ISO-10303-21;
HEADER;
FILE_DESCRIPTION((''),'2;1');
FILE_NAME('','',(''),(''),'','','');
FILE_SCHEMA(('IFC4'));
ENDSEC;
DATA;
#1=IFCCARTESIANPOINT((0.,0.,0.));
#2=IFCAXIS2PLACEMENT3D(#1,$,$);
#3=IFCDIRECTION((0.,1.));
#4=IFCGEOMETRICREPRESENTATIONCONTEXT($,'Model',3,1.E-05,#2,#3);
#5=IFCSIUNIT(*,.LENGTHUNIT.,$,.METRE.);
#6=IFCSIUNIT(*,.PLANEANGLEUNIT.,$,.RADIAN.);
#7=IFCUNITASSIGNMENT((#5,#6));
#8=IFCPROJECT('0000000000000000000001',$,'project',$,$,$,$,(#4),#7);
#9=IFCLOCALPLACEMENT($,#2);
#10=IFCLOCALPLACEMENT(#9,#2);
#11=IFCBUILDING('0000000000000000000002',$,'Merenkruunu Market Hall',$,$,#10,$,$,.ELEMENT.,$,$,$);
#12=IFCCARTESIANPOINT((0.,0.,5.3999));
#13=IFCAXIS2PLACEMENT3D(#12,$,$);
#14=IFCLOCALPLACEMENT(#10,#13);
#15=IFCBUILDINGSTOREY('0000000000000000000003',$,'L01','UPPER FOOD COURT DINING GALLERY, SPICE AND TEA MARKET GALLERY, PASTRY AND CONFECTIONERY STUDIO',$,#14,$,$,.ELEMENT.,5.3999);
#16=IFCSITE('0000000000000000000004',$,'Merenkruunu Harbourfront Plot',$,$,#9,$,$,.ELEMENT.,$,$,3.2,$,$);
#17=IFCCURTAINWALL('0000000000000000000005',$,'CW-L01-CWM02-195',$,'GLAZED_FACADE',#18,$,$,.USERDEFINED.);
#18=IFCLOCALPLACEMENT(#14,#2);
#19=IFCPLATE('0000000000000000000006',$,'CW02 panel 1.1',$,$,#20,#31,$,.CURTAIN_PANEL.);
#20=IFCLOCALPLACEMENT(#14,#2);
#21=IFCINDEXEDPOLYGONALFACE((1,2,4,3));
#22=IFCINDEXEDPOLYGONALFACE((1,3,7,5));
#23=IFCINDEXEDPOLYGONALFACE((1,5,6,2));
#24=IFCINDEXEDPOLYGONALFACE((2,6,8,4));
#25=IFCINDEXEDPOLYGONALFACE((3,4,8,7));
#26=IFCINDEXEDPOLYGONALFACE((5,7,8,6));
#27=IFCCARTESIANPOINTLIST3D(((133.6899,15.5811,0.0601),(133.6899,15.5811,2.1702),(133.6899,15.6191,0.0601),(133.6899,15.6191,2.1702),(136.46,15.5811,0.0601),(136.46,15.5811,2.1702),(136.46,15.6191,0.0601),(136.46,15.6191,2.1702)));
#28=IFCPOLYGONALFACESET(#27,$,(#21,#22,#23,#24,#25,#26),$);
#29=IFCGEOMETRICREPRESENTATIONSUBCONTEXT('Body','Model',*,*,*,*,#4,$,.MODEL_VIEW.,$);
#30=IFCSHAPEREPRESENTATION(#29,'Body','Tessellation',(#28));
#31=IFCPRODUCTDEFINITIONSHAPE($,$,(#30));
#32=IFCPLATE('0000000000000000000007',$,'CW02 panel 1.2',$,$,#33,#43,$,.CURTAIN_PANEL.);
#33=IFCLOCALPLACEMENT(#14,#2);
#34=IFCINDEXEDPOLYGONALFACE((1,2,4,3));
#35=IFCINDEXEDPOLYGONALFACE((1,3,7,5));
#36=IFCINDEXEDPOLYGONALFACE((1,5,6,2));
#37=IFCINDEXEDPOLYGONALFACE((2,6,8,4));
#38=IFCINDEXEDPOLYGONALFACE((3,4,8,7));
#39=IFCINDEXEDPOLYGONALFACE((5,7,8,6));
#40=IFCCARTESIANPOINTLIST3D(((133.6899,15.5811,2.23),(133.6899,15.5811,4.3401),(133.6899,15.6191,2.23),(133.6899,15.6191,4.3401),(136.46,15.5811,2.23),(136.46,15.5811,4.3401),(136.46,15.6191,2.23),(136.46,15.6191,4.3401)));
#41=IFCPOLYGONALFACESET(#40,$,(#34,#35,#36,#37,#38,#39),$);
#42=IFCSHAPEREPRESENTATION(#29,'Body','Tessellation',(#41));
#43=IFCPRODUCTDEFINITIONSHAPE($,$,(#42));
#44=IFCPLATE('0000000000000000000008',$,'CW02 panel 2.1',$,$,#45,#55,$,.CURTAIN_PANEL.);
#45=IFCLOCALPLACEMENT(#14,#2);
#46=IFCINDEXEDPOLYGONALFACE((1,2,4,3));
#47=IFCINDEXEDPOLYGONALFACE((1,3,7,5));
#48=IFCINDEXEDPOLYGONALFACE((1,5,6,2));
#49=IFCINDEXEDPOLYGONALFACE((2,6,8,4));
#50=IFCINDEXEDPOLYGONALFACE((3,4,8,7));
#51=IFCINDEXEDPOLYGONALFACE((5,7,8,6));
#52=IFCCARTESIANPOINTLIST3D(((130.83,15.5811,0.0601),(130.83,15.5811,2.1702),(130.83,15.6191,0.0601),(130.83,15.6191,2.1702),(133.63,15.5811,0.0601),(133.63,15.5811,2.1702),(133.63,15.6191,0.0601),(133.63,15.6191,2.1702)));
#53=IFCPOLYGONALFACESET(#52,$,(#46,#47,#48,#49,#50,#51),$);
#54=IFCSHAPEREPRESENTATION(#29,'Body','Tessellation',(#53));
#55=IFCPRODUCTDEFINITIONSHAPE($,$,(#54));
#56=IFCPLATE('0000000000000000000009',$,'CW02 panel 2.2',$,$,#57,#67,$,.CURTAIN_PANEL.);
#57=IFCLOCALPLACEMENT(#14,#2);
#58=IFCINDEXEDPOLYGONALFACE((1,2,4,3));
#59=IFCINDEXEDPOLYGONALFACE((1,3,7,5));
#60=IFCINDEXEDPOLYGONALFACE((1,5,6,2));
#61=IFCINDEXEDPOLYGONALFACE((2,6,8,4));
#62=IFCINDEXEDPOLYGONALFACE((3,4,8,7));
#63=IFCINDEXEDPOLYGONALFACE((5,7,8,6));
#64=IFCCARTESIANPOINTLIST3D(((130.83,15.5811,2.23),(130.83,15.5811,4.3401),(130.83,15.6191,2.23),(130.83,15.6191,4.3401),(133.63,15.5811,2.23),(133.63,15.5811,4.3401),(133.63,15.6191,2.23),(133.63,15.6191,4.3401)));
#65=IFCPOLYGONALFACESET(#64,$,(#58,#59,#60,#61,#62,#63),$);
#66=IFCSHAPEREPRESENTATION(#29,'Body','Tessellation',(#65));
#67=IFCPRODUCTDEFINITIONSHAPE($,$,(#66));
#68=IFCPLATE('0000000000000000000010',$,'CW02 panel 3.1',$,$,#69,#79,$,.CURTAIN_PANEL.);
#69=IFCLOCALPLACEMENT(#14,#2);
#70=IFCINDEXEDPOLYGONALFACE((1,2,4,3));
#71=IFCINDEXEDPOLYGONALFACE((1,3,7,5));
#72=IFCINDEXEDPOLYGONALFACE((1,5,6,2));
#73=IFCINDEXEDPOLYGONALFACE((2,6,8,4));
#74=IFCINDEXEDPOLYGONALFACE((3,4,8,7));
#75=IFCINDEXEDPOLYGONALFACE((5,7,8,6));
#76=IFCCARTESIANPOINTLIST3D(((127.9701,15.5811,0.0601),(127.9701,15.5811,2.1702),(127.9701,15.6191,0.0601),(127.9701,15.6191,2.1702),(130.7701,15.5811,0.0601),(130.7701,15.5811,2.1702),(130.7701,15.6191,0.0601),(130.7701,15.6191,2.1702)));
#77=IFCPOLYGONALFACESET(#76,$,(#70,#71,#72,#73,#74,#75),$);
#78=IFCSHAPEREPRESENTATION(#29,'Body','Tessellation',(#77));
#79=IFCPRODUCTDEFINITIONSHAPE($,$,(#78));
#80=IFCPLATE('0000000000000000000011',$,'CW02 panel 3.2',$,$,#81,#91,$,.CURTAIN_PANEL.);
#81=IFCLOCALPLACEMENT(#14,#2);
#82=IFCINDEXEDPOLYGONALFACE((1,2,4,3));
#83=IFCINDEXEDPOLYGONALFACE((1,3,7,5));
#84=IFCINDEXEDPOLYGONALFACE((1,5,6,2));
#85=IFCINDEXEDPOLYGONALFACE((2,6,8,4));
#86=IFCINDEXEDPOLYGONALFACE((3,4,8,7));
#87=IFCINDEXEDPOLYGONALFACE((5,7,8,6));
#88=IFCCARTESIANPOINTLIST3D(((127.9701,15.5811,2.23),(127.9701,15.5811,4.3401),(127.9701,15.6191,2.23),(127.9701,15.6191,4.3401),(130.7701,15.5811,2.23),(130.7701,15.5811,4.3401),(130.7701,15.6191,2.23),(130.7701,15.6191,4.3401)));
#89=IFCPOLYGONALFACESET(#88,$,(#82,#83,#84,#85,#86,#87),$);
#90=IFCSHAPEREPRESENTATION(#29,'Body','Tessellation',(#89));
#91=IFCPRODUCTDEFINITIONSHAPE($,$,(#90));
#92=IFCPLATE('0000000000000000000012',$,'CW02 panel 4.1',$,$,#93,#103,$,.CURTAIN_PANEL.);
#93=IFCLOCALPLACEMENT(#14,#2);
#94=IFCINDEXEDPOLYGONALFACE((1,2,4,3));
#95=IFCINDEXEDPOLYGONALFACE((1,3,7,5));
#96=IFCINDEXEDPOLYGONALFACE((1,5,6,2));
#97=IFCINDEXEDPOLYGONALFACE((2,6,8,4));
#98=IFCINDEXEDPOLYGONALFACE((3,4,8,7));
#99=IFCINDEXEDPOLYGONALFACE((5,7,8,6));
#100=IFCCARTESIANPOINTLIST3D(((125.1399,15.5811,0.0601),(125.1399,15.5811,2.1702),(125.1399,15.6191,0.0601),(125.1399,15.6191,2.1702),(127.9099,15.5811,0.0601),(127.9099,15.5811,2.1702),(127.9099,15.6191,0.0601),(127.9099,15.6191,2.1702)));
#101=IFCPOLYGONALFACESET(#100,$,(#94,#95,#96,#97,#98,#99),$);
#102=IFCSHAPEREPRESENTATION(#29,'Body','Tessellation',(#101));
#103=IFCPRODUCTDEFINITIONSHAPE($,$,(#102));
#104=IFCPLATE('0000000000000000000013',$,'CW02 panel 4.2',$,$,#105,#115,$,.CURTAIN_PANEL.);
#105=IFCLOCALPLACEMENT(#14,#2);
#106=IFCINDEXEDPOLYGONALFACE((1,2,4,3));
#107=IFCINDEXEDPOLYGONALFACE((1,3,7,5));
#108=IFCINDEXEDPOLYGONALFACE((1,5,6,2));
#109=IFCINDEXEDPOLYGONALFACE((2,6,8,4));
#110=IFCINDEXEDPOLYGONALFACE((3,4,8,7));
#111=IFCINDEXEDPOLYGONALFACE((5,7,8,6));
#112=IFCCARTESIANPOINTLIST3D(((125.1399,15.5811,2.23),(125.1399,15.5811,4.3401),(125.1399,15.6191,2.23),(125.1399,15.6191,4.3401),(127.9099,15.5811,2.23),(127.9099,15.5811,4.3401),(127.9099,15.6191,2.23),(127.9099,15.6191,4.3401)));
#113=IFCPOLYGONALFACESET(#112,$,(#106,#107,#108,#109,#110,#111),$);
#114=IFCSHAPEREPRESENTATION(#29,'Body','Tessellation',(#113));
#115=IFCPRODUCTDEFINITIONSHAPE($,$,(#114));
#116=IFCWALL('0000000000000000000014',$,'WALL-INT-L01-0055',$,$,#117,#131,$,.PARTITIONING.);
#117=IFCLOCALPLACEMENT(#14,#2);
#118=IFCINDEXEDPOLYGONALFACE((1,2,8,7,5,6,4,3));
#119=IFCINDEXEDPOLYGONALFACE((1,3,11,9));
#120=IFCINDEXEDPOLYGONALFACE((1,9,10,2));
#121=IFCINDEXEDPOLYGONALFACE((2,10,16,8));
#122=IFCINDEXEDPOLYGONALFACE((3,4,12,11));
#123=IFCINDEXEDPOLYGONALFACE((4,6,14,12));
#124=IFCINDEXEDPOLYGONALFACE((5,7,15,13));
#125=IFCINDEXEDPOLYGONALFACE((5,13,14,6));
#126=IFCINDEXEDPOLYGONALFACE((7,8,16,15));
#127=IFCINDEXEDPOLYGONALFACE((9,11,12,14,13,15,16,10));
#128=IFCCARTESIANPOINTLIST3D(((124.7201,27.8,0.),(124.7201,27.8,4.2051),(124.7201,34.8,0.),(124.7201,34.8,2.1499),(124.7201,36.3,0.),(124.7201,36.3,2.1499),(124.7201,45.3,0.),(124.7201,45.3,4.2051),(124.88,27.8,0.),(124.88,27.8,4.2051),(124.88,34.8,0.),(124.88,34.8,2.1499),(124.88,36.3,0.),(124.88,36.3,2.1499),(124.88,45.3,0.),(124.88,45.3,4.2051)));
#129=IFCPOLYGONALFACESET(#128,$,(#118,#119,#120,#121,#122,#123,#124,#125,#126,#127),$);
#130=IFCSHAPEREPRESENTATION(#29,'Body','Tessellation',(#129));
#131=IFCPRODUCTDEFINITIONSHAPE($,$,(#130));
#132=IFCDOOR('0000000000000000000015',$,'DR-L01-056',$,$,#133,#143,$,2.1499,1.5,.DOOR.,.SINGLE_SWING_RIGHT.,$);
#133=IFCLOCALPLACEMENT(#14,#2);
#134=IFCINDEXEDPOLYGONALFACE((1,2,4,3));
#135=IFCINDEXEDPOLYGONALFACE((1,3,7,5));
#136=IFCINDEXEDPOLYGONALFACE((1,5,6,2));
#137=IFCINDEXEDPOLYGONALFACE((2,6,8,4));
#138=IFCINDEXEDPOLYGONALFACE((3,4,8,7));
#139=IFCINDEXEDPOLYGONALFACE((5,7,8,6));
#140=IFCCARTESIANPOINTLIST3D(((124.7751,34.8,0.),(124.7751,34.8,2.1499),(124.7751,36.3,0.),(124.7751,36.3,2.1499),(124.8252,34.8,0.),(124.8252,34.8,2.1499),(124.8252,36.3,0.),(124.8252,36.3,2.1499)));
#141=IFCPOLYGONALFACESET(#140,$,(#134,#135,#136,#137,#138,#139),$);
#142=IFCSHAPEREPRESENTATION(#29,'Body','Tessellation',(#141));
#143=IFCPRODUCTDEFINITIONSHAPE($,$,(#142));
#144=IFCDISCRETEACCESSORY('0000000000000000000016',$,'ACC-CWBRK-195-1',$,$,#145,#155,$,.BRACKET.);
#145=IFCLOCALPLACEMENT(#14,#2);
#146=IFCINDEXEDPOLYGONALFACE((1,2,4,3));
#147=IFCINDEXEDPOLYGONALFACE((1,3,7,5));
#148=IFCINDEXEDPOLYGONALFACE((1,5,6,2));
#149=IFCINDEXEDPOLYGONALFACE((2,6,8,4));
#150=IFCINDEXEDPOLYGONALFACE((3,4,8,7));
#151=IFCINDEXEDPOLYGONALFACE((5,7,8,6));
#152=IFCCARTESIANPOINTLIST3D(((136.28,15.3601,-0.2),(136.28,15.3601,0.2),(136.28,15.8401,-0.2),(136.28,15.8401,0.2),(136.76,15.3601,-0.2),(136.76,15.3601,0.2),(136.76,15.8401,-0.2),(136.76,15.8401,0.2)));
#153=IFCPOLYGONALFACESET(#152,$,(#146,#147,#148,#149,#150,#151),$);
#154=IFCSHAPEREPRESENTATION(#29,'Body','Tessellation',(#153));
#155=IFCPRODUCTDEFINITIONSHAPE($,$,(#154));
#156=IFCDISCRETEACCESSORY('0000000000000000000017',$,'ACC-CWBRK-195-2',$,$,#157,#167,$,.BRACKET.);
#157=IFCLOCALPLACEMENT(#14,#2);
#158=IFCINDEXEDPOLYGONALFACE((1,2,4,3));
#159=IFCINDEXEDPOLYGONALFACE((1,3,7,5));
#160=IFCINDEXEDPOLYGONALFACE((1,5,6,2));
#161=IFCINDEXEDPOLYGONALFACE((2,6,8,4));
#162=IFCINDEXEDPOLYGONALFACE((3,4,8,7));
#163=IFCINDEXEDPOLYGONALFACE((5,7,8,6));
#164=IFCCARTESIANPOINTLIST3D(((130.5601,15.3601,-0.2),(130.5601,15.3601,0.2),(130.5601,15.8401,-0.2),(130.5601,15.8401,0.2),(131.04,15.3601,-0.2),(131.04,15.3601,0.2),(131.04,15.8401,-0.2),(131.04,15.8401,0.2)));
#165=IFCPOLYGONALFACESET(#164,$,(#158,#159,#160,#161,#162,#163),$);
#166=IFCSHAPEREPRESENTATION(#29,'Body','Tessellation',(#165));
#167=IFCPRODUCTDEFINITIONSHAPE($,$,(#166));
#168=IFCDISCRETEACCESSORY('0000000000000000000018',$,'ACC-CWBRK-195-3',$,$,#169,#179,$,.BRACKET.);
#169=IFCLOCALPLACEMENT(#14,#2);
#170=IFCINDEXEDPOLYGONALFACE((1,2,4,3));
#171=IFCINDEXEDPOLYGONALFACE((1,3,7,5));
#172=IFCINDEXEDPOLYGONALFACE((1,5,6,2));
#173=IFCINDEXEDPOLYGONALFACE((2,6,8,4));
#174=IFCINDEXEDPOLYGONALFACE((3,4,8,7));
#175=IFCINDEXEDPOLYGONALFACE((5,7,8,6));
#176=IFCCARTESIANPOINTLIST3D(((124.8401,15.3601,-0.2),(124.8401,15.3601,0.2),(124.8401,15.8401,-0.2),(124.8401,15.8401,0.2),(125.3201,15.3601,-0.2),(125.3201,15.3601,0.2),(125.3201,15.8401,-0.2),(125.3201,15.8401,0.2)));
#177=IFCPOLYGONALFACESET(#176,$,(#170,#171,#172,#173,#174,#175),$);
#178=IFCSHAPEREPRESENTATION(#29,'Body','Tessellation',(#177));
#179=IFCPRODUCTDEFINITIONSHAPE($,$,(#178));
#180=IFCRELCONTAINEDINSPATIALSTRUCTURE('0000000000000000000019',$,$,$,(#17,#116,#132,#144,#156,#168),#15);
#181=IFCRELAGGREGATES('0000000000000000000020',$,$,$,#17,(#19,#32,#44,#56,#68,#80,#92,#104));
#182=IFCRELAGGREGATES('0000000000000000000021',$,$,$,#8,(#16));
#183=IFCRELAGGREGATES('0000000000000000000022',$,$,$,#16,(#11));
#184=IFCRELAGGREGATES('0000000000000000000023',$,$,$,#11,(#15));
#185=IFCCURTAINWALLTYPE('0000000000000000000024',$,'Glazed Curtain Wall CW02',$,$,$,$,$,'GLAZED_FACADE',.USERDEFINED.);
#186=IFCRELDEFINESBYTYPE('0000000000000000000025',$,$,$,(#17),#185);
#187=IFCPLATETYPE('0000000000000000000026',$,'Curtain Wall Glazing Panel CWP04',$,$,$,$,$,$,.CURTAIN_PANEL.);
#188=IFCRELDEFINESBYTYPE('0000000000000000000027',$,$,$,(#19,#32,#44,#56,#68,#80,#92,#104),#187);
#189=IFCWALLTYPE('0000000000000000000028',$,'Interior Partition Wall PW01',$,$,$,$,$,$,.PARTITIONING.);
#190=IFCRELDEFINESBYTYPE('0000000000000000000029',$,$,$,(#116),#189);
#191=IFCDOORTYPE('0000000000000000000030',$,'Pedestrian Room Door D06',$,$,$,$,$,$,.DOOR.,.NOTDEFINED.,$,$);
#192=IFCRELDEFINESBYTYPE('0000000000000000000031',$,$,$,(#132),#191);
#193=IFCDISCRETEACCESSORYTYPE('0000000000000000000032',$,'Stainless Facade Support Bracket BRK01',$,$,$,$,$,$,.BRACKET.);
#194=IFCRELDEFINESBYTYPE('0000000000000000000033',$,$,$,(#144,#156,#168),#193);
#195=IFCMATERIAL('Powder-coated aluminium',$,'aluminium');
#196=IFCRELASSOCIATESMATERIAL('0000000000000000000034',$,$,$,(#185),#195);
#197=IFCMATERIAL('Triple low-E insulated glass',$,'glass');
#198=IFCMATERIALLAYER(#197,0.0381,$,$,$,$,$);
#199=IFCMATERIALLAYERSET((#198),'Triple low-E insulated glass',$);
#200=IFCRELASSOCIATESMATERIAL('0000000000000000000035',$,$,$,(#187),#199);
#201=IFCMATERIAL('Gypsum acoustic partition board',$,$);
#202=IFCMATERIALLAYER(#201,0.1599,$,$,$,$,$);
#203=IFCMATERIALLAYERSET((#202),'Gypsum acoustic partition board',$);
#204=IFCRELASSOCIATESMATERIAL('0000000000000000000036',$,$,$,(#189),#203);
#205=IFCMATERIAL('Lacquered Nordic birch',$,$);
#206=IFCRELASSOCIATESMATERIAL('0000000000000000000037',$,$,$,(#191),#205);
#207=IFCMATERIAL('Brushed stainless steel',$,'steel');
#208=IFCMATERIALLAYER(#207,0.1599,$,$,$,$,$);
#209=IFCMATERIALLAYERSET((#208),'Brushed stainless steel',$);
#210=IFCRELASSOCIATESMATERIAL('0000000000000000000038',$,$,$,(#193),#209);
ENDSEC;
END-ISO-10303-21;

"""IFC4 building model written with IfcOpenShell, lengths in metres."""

from ifc_helpers import new_model, si_unit, direction, frame, frame_2d, origin, origin_2d, place, context, subcontext, project, spatial, rectangle, extrude, material, layer, layer_set, type_object, element, fill, aggregate, save


model = new_model("IFC4")

# Units and contexts
model_context = context("Model", 3, precision=1e-05, world=origin(), true_north=direction((0.0, 1.0)))
body_context = subcontext(model_context, "Body", "Model", "MODEL_VIEW")
ifc_project = project(units=[si_unit("LENGTHUNIT", "METRE"), si_unit("PLANEANGLEUNIT", "RADIAN")], contexts=[model_context])

# Site, building, storey
site_placement = place(None, origin())
site = spatial("IfcSite", under=ifc_project, at=site_placement, Name="Merenkruunu Harbourfront Plot", CompositionType="ELEMENT", RefElevation=3.2)
building_placement = place(site_placement, origin())
building = spatial("IfcBuilding", under=site, at=building_placement, Name="Merenkruunu Market Hall", CompositionType="ELEMENT")
storey_placement = place(building_placement, frame((0.0, 0.0, 5.3999)))
storey = spatial("IfcBuildingStorey", under=building, at=storey_placement, Name="L01", Description="UPPER FOOD COURT DINING GALLERY, SPICE AND TEA MARKET GALLERY, PASTRY AND CONFECTIONERY STUDIO", CompositionType="ELEMENT", Elevation=5.3999)

# Curtain wall
ifc_material_1 = material(Name="Powder-coated aluminium", Category="aluminium")
curtain_wall_type = type_object("IfcCurtainWallType", Name="Glazed Curtain Wall CW02", ElementType="GLAZED_FACADE", PredefinedType="USERDEFINED", material=ifc_material_1)
curtain_wall_placement = place(storey_placement, origin())
curtain_wall = element("IfcCurtainWall", 1, at=curtain_wall_placement, inside=storey, type_object=curtain_wall_type, Name="CW-L01-CWM02-195", ObjectType="GLAZED_FACADE", PredefinedType="USERDEFINED")

# Plates
ifc_material_2 = material(Name="Triple low-E insulated glass", Category="glass")
ifc_layer_1 = layer(ifc_material_2, 0.0381)
ifc_layer_set_1 = layer_set([ifc_layer_1], Name="Triple low-E insulated glass")
plate_type = type_object("IfcPlateType", Name="Curtain Wall Glazing Panel CWP04", PredefinedType="CURTAIN_PANEL", material=ifc_layer_set_1)
plate_1_placement = place(storey_placement, frame((135.075, 15.6001, 0.0601), z_axis=(0.0, 0.0, 1.0), x_axis=(-1.0, 0.0, 0.0)))
plate_1 = element("IfcPlate", 2, at=plate_1_placement, type_object=plate_type, Name="CW02 panel 1.1", PredefinedType="CURTAIN_PANEL", context=body_context, shape_type="SweptSolid", body=[
    extrude(rectangle(XDim=2.77, YDim=0.0381, at=origin_2d()), origin(), (0.0, 0.0, 1.0), 2.1101),
])
plate_2_placement = place(storey_placement, frame((135.075, 15.6001, 2.23), z_axis=(0.0, 0.0, 1.0), x_axis=(-1.0, 0.0, 0.0)))
plate_2 = element("IfcPlate", 3, at=plate_2_placement, type_object=plate_type, Name="CW02 panel 1.2", PredefinedType="CURTAIN_PANEL", context=body_context, shape_type="SweptSolid", body=[
    extrude(rectangle(XDim=2.77, YDim=0.0381, at=origin_2d()), origin(), (0.0, 0.0, 1.0), 2.1101),
])
plate_3_placement = place(storey_placement, frame((132.23, 15.6001, 0.0601), z_axis=(0.0, 0.0, 1.0), x_axis=(-1.0, 0.0, 0.0)))
plate_3 = element("IfcPlate", 4, at=plate_3_placement, type_object=plate_type, Name="CW02 panel 2.1", PredefinedType="CURTAIN_PANEL", context=body_context, shape_type="SweptSolid", body=[
    extrude(rectangle(XDim=2.8, YDim=0.0381, at=origin_2d()), origin(), (0.0, 0.0, 1.0), 2.1101),
])
plate_4_placement = place(storey_placement, frame((132.23, 15.6001, 2.23), z_axis=(0.0, 0.0, 1.0), x_axis=(-1.0, 0.0, 0.0)))
plate_4 = element("IfcPlate", 5, at=plate_4_placement, type_object=plate_type, Name="CW02 panel 2.2", PredefinedType="CURTAIN_PANEL", context=body_context, shape_type="SweptSolid", body=[
    extrude(rectangle(XDim=2.8, YDim=0.0381, at=origin_2d()), origin(), (0.0, 0.0, 1.0), 2.1101),
])
plate_5_placement = place(storey_placement, frame((129.3701, 15.6001, 0.0601), z_axis=(0.0, 0.0, 1.0), x_axis=(-1.0, 0.0, 0.0)))
plate_5 = element("IfcPlate", 6, at=plate_5_placement, type_object=plate_type, Name="CW02 panel 3.1", PredefinedType="CURTAIN_PANEL", context=body_context, shape_type="SweptSolid", body=[
    extrude(rectangle(XDim=2.8, YDim=0.0381, at=origin_2d()), origin(), (0.0, 0.0, 1.0), 2.1101),
])
plate_6_placement = place(storey_placement, frame((129.3701, 15.6001, 2.23), z_axis=(0.0, 0.0, 1.0), x_axis=(-1.0, 0.0, 0.0)))
plate_6 = element("IfcPlate", 7, at=plate_6_placement, type_object=plate_type, Name="CW02 panel 3.2", PredefinedType="CURTAIN_PANEL", context=body_context, shape_type="SweptSolid", body=[
    extrude(rectangle(XDim=2.8, YDim=0.0381, at=origin_2d()), origin(), (0.0, 0.0, 1.0), 2.1101),
])
plate_7_placement = place(storey_placement, frame((126.5249, 15.6001, 0.0601), z_axis=(0.0, 0.0, 1.0), x_axis=(-1.0, 0.0, 0.0)))
plate_7 = element("IfcPlate", 8, at=plate_7_placement, type_object=plate_type, Name="CW02 panel 4.1", PredefinedType="CURTAIN_PANEL", context=body_context, shape_type="SweptSolid", body=[
    extrude(rectangle(XDim=2.77, YDim=0.0381, at=origin_2d()), origin(), (0.0, 0.0, 1.0), 2.1101),
])
plate_8_placement = place(storey_placement, frame((126.5249, 15.6001, 2.23), z_axis=(0.0, 0.0, 1.0), x_axis=(-1.0, 0.0, 0.0)))
plate_8 = element("IfcPlate", 9, at=plate_8_placement, type_object=plate_type, Name="CW02 panel 4.2", PredefinedType="CURTAIN_PANEL", context=body_context, shape_type="SweptSolid", body=[
    extrude(rectangle(XDim=2.77, YDim=0.0381, at=origin_2d()), origin(), (0.0, 0.0, 1.0), 2.1101),
])
aggregate(curtain_wall, [plate_1, plate_2, plate_3, plate_4, plate_5, plate_6, plate_7, plate_8])

# Wall, opening, door
ifc_material_3 = material(Name="Gypsum acoustic partition board")
ifc_layer_2 = layer(ifc_material_3, 0.1599)
ifc_layer_set_2 = layer_set([ifc_layer_2], Name="Gypsum acoustic partition board")
wall_type = type_object("IfcWallType", Name="Interior Partition Wall PW01", PredefinedType="PARTITIONING", material=ifc_layer_set_2)
wall_placement = place(storey_placement, frame((124.8, 27.8, 0.0), z_axis=(0.0, 0.0, 1.0), x_axis=(0.0, 1.0, 0.0)))
wall = element("IfcWall", 10, at=wall_placement, inside=storey, type_object=wall_type, Name="WALL-INT-L01-0055", PredefinedType="PARTITIONING", context=body_context, shape_type="SweptSolid", body=[
    extrude(rectangle(XDim=17.5, YDim=0.1599, at=frame_2d((8.75, 0.0))), origin(), (0.0, 0.0, 1.0), 4.2051),
])
opening_placement = place(wall_placement, frame((7.0, 0.0, 0.0)))
opening = element("IfcOpeningElement", 11, at=opening_placement, cuts=wall, PredefinedType="OPENING", context=body_context, shape_type="SweptSolid", body=[
    extrude(rectangle(XDim=1.5, YDim=2.1499, at=frame_2d((0.75, 1.075))), frame((0.0, 0.0898, 0.0), z_axis=(0.0, -1.0, 0.0), x_axis=(1.0, 0.0, 0.0)), (0.0, 0.0, 1.0), 0.1799),
])
ifc_material_4 = material(Name="Lacquered Nordic birch")
door_type = type_object("IfcDoorType", Name="Pedestrian Room Door D06", OperationType="NOTDEFINED", PredefinedType="DOOR", material=ifc_material_4)
door_placement = place(opening_placement, origin())
door = element("IfcDoor", 12, at=door_placement, inside=storey, type_object=door_type, Name="DR-L01-056", OperationType="SINGLE_SWING_RIGHT", OverallHeight=2.1499, OverallWidth=1.5, PredefinedType="DOOR", context=body_context, shape_type="SweptSolid", body=[
    extrude(rectangle(XDim=1.5, YDim=2.1499, at=frame_2d((0.75, 1.075))), frame((0.0, 0.0249, 0.0), z_axis=(0.0, -1.0, 0.0), x_axis=(1.0, 0.0, 0.0)), (0.0, 0.0, 1.0), 0.05),
])
fill(opening, door)

# Discrete accessories
ifc_material_5 = material(Name="Brushed stainless steel", Category="steel")
ifc_layer_3 = layer(ifc_material_5, 0.1599)
ifc_layer_set_3 = layer_set([ifc_layer_3], Name="Brushed stainless steel")
discrete_accessory_type = type_object("IfcDiscreteAccessoryType", Name="Stainless Facade Support Bracket BRK01", PredefinedType="BRACKET", material=ifc_layer_set_3)
for number, where, z_axis, x_axis, name in (
    (13, (136.52, 15.6001, -0.2), (0.0, 0.0, 1.0), (1.0, 0.0, 0.0), "ACC-CWBRK-195-1"),
    (14, (130.8, 15.6001, -0.2), (0.0, 0.0, 1.0), (1.0, 0.0, 0.0), "ACC-CWBRK-195-2"),
    (15, (125.0801, 15.6001, -0.2), (0.0, 0.0, 1.0), (1.0, 0.0, 0.0), "ACC-CWBRK-195-3"),
):
    element("IfcDiscreteAccessory", number, at=place(storey_placement, frame(where, z_axis=z_axis, x_axis=x_axis)), inside=storey, type_object=discrete_accessory_type, Name=name, PredefinedType="BRACKET", context=body_context, shape_type="SweptSolid", body=[
        extrude(rectangle(XDim=0.48, YDim=0.48, at=origin_2d()), origin(), (0.0, 0.0, 1.0), 0.3999),
    ])

save(model, "model.ifc")
